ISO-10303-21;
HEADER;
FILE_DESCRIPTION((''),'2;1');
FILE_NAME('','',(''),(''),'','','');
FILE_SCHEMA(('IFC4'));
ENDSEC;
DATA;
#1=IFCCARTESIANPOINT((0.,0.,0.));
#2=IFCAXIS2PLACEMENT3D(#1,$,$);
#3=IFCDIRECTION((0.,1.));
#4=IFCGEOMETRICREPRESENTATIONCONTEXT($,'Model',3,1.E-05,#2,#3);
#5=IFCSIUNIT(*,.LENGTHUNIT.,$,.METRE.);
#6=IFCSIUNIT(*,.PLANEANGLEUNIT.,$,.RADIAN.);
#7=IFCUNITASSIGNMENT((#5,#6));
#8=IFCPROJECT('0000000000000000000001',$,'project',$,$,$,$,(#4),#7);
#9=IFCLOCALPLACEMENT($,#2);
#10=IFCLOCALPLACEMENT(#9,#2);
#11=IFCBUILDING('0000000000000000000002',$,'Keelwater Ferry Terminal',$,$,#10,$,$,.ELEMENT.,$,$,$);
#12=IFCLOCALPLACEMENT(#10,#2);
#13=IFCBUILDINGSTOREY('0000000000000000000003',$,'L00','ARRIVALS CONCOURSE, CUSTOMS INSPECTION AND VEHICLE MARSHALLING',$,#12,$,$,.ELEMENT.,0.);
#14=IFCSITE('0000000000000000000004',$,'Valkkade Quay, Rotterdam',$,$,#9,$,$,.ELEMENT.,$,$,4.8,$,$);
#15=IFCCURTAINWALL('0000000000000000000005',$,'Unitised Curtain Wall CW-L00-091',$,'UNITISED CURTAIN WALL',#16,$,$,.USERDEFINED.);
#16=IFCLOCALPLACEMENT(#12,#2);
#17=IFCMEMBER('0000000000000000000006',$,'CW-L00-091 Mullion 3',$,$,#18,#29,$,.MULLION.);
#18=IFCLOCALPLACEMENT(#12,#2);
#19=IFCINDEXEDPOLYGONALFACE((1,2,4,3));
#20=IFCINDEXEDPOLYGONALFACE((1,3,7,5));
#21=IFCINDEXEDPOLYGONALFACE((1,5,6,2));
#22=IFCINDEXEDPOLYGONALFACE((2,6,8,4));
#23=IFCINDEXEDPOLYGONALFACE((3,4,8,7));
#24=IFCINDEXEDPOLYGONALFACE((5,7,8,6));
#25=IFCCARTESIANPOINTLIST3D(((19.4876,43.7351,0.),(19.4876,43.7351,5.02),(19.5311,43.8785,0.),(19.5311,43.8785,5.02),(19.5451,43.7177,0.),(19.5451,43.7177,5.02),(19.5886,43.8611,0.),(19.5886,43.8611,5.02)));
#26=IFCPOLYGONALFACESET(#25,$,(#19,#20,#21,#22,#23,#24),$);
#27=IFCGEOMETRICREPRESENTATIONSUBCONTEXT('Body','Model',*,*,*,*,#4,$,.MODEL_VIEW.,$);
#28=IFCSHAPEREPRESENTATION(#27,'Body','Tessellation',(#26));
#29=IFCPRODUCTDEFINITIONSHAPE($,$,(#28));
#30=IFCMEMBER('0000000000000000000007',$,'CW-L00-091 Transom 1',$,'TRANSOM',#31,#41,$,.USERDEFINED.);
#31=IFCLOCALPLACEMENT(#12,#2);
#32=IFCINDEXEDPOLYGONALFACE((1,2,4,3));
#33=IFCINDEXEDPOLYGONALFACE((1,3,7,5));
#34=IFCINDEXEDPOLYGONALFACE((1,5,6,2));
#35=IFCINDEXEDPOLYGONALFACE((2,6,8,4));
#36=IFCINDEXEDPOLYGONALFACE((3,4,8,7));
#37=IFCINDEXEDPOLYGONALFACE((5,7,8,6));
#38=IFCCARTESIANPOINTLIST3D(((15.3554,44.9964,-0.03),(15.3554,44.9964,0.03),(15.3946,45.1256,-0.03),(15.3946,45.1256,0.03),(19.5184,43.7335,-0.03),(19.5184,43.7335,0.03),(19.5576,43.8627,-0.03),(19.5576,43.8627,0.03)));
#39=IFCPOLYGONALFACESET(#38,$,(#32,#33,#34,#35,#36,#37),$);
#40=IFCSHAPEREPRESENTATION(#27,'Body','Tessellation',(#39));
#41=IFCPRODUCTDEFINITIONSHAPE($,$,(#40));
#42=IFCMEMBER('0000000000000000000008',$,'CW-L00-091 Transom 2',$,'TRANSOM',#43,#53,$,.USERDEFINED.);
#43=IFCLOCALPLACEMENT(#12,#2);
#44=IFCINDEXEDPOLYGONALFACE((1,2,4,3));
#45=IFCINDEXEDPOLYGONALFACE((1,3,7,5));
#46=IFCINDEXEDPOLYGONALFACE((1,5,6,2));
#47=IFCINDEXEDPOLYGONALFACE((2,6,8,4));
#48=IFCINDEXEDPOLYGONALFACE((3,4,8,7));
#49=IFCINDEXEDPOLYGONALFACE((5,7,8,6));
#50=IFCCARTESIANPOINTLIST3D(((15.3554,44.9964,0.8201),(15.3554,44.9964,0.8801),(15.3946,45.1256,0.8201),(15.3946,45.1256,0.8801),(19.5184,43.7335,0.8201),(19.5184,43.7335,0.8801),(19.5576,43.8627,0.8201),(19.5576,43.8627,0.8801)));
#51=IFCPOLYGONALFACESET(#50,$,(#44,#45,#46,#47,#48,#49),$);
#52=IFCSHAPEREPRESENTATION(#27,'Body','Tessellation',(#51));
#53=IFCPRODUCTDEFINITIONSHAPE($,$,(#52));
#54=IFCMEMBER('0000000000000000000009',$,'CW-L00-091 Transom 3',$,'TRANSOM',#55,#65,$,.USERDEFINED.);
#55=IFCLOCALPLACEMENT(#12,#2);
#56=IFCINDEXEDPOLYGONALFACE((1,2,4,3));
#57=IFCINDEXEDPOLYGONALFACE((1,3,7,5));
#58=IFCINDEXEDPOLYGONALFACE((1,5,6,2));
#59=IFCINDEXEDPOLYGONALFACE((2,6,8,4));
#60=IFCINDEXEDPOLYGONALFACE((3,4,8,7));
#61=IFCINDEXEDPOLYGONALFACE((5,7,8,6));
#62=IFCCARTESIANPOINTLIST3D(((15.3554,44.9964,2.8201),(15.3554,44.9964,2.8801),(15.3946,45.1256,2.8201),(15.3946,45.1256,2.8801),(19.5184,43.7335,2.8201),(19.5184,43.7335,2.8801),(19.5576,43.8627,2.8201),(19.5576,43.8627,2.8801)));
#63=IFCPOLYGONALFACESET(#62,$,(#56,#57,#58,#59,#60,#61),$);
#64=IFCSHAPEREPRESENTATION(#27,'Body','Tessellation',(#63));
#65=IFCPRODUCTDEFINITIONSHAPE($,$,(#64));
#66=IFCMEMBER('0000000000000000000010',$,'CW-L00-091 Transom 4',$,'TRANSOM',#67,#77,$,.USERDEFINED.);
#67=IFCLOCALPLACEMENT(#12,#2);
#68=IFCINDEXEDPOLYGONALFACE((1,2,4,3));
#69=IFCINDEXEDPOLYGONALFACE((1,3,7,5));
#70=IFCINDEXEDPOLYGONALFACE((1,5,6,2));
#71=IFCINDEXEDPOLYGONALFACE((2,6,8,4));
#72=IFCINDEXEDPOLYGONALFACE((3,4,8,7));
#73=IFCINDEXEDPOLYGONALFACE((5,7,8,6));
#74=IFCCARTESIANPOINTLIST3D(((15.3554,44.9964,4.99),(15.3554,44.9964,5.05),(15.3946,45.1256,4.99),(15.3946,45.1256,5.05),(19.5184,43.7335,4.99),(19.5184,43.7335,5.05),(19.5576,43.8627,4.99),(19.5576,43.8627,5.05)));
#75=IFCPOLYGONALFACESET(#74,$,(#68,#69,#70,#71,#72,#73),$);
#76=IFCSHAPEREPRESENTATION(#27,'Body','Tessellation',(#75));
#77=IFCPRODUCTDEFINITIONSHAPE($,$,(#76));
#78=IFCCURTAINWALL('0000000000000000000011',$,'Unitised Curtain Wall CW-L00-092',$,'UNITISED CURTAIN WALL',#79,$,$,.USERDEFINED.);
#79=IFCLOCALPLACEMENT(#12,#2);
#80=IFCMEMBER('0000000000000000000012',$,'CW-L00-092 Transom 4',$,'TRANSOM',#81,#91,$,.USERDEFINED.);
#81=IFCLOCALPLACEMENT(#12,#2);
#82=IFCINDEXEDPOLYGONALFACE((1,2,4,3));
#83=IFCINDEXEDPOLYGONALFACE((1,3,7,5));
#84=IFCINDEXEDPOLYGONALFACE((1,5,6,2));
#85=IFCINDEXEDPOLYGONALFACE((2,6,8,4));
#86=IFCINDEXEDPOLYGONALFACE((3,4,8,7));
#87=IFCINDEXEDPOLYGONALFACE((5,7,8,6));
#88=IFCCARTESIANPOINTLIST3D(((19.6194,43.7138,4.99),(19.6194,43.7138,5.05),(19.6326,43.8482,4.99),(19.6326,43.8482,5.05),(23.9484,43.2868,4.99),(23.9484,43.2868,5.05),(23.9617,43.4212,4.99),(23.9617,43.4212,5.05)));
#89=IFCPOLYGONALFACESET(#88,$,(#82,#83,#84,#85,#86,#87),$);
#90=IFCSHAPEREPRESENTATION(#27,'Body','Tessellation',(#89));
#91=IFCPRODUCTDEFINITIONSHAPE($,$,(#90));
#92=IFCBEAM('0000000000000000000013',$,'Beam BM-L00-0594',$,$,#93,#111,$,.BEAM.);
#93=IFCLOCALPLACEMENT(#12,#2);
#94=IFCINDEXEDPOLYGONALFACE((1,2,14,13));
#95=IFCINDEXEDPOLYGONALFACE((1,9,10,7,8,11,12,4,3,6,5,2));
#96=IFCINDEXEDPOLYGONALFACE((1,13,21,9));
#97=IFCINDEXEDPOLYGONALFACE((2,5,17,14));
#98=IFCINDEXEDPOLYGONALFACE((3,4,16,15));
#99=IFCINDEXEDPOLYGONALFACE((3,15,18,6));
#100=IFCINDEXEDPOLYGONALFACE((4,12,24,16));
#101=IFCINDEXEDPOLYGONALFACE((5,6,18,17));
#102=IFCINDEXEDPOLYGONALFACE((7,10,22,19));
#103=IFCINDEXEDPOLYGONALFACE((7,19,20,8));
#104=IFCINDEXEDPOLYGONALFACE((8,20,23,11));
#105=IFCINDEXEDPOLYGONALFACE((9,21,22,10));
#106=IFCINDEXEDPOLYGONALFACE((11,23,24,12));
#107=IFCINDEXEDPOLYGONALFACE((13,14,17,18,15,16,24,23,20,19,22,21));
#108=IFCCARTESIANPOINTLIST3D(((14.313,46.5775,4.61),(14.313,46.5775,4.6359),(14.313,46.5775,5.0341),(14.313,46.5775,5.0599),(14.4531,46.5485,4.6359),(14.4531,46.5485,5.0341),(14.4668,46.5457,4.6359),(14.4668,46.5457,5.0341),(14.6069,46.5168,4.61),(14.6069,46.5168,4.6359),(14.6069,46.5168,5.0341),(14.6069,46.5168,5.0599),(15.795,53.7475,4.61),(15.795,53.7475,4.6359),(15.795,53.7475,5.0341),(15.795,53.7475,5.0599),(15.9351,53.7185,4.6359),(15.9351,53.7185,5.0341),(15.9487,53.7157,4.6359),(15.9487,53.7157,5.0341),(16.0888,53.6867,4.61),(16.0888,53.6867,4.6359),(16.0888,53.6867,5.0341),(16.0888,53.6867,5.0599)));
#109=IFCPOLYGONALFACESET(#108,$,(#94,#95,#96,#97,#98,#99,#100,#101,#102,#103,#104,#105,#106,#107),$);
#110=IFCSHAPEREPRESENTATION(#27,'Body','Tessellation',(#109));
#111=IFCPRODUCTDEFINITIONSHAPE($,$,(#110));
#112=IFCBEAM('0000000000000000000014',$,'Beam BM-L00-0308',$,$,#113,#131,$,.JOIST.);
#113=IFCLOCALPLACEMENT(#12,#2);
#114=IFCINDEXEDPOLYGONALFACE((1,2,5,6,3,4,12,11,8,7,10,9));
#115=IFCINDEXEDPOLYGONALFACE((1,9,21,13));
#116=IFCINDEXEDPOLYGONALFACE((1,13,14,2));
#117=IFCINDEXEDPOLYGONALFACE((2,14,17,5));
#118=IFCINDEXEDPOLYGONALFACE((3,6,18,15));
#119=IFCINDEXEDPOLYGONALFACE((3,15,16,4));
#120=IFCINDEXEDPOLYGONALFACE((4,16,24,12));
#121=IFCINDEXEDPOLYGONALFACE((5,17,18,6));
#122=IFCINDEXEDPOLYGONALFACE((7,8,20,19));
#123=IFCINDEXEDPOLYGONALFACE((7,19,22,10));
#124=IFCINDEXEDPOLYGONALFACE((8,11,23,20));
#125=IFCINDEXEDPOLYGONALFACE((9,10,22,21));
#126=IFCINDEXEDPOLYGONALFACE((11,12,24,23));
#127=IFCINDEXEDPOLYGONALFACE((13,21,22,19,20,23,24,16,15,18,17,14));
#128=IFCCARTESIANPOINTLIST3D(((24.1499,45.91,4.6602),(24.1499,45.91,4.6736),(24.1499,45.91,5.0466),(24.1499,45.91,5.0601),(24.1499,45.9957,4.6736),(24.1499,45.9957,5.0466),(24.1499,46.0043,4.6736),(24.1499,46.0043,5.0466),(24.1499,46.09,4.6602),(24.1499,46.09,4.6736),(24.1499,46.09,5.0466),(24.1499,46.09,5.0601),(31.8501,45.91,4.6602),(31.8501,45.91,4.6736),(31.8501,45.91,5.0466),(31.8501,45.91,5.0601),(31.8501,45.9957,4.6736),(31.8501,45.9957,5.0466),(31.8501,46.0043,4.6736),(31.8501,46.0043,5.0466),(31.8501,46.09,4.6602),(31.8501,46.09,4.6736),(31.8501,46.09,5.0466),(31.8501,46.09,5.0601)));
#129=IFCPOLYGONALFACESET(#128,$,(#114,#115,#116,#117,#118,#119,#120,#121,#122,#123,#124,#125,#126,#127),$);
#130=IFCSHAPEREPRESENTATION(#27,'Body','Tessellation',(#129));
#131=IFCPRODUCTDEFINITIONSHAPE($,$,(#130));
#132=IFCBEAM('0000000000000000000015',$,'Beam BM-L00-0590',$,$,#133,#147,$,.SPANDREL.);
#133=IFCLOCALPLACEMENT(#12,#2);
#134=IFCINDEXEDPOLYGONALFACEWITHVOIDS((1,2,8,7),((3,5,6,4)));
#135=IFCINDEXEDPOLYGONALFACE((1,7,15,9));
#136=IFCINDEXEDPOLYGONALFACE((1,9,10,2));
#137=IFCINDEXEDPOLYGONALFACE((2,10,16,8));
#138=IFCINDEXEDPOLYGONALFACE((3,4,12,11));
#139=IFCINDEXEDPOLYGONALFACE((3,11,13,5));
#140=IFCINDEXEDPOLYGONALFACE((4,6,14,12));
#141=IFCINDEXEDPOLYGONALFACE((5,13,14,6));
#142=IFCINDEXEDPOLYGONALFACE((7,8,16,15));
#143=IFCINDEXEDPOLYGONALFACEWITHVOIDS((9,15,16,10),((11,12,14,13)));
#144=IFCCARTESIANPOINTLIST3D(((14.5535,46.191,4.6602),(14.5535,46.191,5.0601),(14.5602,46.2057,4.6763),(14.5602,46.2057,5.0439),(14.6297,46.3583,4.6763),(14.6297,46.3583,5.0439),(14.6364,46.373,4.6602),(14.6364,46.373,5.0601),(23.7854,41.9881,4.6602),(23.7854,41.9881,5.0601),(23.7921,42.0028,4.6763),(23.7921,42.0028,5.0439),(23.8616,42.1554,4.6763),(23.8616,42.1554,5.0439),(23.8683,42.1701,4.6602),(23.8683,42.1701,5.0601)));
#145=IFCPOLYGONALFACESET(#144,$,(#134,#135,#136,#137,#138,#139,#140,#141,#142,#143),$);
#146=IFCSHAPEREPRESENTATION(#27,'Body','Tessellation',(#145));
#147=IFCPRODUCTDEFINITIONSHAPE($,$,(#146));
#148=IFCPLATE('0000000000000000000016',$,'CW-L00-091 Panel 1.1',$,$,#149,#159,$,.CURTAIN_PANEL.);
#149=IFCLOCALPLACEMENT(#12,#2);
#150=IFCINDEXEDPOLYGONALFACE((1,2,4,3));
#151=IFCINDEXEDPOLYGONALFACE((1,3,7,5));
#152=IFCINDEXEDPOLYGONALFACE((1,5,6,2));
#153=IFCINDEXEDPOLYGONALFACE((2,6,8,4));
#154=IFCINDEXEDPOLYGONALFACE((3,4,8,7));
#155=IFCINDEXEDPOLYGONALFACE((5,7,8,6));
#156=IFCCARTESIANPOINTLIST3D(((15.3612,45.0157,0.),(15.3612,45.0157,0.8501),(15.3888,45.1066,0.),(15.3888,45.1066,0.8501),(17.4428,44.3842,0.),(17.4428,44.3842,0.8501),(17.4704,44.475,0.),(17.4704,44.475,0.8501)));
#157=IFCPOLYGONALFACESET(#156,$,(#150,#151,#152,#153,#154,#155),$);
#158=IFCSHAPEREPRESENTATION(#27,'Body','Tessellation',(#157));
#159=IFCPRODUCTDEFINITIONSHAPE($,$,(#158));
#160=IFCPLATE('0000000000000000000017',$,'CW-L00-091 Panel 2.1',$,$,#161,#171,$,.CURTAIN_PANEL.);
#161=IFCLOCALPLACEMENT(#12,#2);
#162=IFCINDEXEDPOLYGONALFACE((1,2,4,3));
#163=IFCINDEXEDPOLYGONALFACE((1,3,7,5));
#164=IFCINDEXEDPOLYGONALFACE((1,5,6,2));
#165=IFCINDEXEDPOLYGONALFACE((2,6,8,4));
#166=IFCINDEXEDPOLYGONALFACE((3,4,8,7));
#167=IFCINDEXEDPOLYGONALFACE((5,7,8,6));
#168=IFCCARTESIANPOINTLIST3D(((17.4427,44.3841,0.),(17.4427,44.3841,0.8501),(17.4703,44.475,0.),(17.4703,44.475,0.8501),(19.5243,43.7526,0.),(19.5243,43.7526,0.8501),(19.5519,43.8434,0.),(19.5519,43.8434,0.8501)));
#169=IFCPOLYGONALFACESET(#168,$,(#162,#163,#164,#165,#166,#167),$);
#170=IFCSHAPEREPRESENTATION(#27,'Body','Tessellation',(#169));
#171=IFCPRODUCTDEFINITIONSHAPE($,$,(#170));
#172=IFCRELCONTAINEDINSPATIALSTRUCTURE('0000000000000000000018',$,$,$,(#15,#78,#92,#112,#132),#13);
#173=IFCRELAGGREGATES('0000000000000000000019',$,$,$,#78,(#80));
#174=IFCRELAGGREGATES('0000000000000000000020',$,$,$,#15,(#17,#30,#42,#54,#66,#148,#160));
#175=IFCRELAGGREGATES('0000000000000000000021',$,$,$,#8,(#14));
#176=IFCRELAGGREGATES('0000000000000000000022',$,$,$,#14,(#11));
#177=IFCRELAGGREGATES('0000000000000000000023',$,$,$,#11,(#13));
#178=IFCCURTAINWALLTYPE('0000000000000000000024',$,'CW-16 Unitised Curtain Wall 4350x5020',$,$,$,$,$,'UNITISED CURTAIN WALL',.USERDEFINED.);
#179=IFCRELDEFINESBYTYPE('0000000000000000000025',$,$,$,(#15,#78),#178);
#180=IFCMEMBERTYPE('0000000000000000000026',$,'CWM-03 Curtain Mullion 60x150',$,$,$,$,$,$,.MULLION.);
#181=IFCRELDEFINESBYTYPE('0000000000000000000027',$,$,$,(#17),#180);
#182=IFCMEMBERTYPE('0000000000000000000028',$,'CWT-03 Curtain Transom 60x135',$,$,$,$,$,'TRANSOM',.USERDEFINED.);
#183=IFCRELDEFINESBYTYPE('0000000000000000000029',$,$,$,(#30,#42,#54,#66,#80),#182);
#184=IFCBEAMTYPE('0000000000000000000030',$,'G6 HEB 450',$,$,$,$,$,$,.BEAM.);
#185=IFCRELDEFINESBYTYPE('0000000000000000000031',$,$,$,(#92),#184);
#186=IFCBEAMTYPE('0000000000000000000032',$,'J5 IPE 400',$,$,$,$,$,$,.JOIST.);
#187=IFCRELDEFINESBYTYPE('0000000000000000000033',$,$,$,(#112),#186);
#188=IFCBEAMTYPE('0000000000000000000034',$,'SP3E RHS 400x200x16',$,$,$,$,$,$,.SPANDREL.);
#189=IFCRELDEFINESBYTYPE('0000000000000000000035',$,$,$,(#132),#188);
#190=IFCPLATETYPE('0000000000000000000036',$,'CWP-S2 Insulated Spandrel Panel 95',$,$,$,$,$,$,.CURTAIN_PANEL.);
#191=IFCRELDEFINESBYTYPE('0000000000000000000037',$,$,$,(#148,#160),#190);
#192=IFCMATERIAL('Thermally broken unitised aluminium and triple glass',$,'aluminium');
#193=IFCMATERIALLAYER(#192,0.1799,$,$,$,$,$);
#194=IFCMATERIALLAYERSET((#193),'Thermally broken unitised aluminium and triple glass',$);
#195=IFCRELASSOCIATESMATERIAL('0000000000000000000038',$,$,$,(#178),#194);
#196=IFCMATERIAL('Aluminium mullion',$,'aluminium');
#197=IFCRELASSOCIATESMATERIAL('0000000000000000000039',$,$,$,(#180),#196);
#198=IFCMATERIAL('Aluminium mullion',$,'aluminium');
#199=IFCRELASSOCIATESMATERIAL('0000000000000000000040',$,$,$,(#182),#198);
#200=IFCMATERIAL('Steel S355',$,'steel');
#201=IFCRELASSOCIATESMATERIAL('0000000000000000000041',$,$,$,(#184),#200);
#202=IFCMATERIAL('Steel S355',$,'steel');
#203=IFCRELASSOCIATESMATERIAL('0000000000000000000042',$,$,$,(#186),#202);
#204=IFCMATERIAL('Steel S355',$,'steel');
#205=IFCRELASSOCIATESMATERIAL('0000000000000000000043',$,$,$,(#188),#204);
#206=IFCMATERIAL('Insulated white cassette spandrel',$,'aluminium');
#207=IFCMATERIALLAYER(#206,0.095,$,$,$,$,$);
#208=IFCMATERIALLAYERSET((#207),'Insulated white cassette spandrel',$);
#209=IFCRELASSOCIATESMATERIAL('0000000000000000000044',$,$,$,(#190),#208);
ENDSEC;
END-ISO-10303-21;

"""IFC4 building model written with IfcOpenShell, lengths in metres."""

from ifc_helpers import new_model, si_unit, direction, frame, origin, origin_2d, place, context, subcontext, project, spatial, rectangle, hollow_rectangle, i_section, extrude, material, layer, layer_set, material_profile, profile_set, type_object, element, aggregate, save


model = new_model("IFC4")

# Units and contexts
model_context = context("Model", 3, precision=1e-05, world=origin(), true_north=direction((0.0, 1.0)))
body_context = subcontext(model_context, "Body", "Model", "MODEL_VIEW")
ifc_project = project(units=[si_unit("LENGTHUNIT", "METRE"), si_unit("PLANEANGLEUNIT", "RADIAN")], contexts=[model_context])

# Site, building, storey
site_placement = place(None, origin())
site = spatial("IfcSite", under=ifc_project, at=site_placement, Name="Valkkade Quay, Rotterdam", CompositionType="ELEMENT", RefElevation=4.8)
building_placement = place(site_placement, origin())
building = spatial("IfcBuilding", under=site, at=building_placement, Name="Keelwater Ferry Terminal", CompositionType="ELEMENT")
storey_placement = place(building_placement, origin())
storey = spatial("IfcBuildingStorey", under=building, at=storey_placement, Name="L00", Description="ARRIVALS CONCOURSE, CUSTOMS INSPECTION AND VEHICLE MARSHALLING", CompositionType="ELEMENT", Elevation=0.0)

# Shared definitions
ifc_material_1 = material(Name="Thermally broken unitised aluminium and triple glass", Category="aluminium")
ifc_layer_1 = layer(ifc_material_1, 0.1799)
ifc_layer_set_1 = layer_set([ifc_layer_1], Name="Thermally broken unitised aluminium and triple glass")
curtain_wall_type = type_object("IfcCurtainWallType", Name="CW-16 Unitised Curtain Wall 4350x5020", ElementType="UNITISED CURTAIN WALL", PredefinedType="USERDEFINED", material=ifc_layer_set_1)
ifc_material_2 = material(Name="Aluminium mullion", Category="aluminium")
ifc_material_profile_1 = material_profile(ifc_material_2, rectangle(XDim=0.0601, YDim=0.1499, at=origin_2d()), Name="CWM-03")
ifc_profile_set_1 = profile_set([ifc_material_profile_1], Name="Aluminium mullion")
member_type_1 = type_object("IfcMemberType", Name="CWM-03 Curtain Mullion 60x150", PredefinedType="MULLION", material=ifc_profile_set_1)

# Curtain wall, members
curtain_wall_1_placement = place(storey_placement, origin())
curtain_wall_1 = element("IfcCurtainWall", 1, at=curtain_wall_1_placement, inside=storey, type_object=curtain_wall_type, Name="Unitised Curtain Wall CW-L00-091", ObjectType="UNITISED CURTAIN WALL", PredefinedType="USERDEFINED")
member_1_placement = place(storey_placement, frame((19.5381, 43.7981, 0.0), z_axis=(0.0, 0.0, 1.0), x_axis=(0.95693, -0.29032, 0.0)))
member_1 = element("IfcMember", 2, at=member_1_placement, type_object=member_type_1, Name="CW-L00-091 Mullion 3", PredefinedType="MULLION", context=body_context, shape_type="SweptSolid", body=[
    extrude(rectangle(XDim=0.0601, YDim=0.1499, at=origin_2d()), origin(), (0.0, 0.0, 1.0), 5.02),
])
ifc_material_3 = material(Name="Aluminium mullion", Category="aluminium")
ifc_material_profile_2 = material_profile(ifc_material_3, rectangle(XDim=0.135, YDim=0.0601, at=origin_2d()), Name="CWT-03")
ifc_profile_set_2 = profile_set([ifc_material_profile_2], Name="Aluminium mullion")
member_type_2 = type_object("IfcMemberType", Name="CWT-03 Curtain Transom 60x135", ElementType="TRANSOM", PredefinedType="USERDEFINED", material=ifc_profile_set_2)
member_2_placement = place(storey_placement, frame((15.375, 45.061, 0.0), z_axis=(0.956935, -0.290302, 0.0), x_axis=(0.290302, 0.956935, 0.0)))
member_2 = element("IfcMember", 3, at=member_2_placement, type_object=member_type_2, Name="CW-L00-091 Transom 1", ObjectType="TRANSOM", PredefinedType="USERDEFINED", context=body_context, shape_type="SweptSolid", body=[
    extrude(rectangle(XDim=0.135, YDim=0.0601, at=origin_2d()), origin(), (0.0, 0.0, 1.0), 4.3503),
])
member_3_placement = place(storey_placement, frame((15.375, 45.061, 0.8501), z_axis=(0.956935, -0.290302, 0.0), x_axis=(0.290302, 0.956935, 0.0)))
member_3 = element("IfcMember", 4, at=member_3_placement, type_object=member_type_2, Name="CW-L00-091 Transom 2", ObjectType="TRANSOM", PredefinedType="USERDEFINED", context=body_context, shape_type="SweptSolid", body=[
    extrude(rectangle(XDim=0.135, YDim=0.0601, at=origin_2d()), origin(), (0.0, 0.0, 1.0), 4.3503),
])
member_4_placement = place(storey_placement, frame((15.375, 45.061, 2.8501), z_axis=(0.956935, -0.290302, 0.0), x_axis=(0.290302, 0.956935, 0.0)))
member_4 = element("IfcMember", 5, at=member_4_placement, type_object=member_type_2, Name="CW-L00-091 Transom 3", ObjectType="TRANSOM", PredefinedType="USERDEFINED", context=body_context, shape_type="SweptSolid", body=[
    extrude(rectangle(XDim=0.135, YDim=0.0601, at=origin_2d()), origin(), (0.0, 0.0, 1.0), 4.3503),
])
member_5_placement = place(storey_placement, frame((15.375, 45.061, 5.02), z_axis=(0.956935, -0.290302, 0.0), x_axis=(0.290302, 0.956935, 0.0)))
member_5 = element("IfcMember", 6, at=member_5_placement, type_object=member_type_2, Name="CW-L00-091 Transom 4", ObjectType="TRANSOM", PredefinedType="USERDEFINED", context=body_context, shape_type="SweptSolid", body=[
    extrude(rectangle(XDim=0.135, YDim=0.0601, at=origin_2d()), origin(), (0.0, 0.0, 1.0), 4.3503),
])

# Curtain wall, member
curtain_wall_2_placement = place(storey_placement, origin())
curtain_wall_2 = element("IfcCurtainWall", 7, at=curtain_wall_2_placement, inside=storey, type_object=curtain_wall_type, Name="Unitised Curtain Wall CW-L00-092", ObjectType="UNITISED CURTAIN WALL", PredefinedType="USERDEFINED")
member_6_placement = place(storey_placement, frame((19.626, 43.781, 5.02), z_axis=(0.995171, -0.098159, 0.0), x_axis=(0.098159, 0.995171, 0.0)))
member_6 = element("IfcMember", 8, at=member_6_placement, type_object=member_type_2, Name="CW-L00-092 Transom 4", ObjectType="TRANSOM", PredefinedType="USERDEFINED", context=body_context, shape_type="SweptSolid", body=[
    extrude(rectangle(XDim=0.135, YDim=0.0601, at=origin_2d()), origin(), (0.0, 0.0, 1.0), 4.3501),
])
aggregate(curtain_wall_2, [member_6])

# Beams
ifc_material_4 = material(Name="Steel S355", Category="steel")
ifc_material_profile_3 = material_profile(ifc_material_4, i_section(OverallWidth=0.3, OverallDepth=0.45, WebThickness=0.0139, FlangeThickness=0.0259, at=origin_2d()), Name="HEB 450")
ifc_profile_set_3 = profile_set([ifc_material_profile_3], Name="Steel S355")
beam_type_1 = type_object("IfcBeamType", Name="G6 HEB 450", PredefinedType="BEAM", material=ifc_profile_set_3)
beam_1_placement = place(storey_placement, frame((14.46, 46.5471, 4.835), z_axis=(0.202409, 0.979301, 0.0), x_axis=(-0.979301, 0.202409, 0.0)))
element("IfcBeam", 9, at=beam_1_placement, inside=storey, type_object=beam_type_1, Name="Beam BM-L00-0594", PredefinedType="BEAM", context=body_context, shape_type="SweptSolid", body=[
    extrude(i_section(OverallWidth=0.3, OverallDepth=0.45, WebThickness=0.0139, FlangeThickness=0.0259, at=origin_2d()), origin(), (0.0, 0.0, 1.0), 7.3215),
])
ifc_material_5 = material(Name="Steel S355", Category="steel")
ifc_material_profile_4 = material_profile(ifc_material_5, i_section(OverallWidth=0.1799, OverallDepth=0.3999, WebThickness=0.0085, FlangeThickness=0.0134, at=origin_2d()), Name="IPE 400")
ifc_profile_set_4 = profile_set([ifc_material_profile_4], Name="Steel S355")
beam_type_2 = type_object("IfcBeamType", Name="J5 IPE 400", PredefinedType="JOIST", material=ifc_profile_set_4)
beam_2_placement = place(storey_placement, frame((24.1499, 46.0, 4.8601), z_axis=(1.0, 0.0, 0.0), x_axis=(0.0, 1.0, 0.0)))
element("IfcBeam", 10, at=beam_2_placement, inside=storey, type_object=beam_type_2, Name="Beam BM-L00-0308", PredefinedType="JOIST", context=body_context, shape_type="SweptSolid", body=[
    extrude(i_section(OverallWidth=0.1799, OverallDepth=0.3999, WebThickness=0.0085, FlangeThickness=0.0134, at=origin_2d()), origin(), (0.0, 0.0, 1.0), 7.7002),
])
ifc_material_6 = material(Name="Steel S355", Category="steel")
ifc_material_profile_5 = material_profile(ifc_material_6, hollow_rectangle(XDim=0.2, YDim=0.3999, WallThickness=0.0161, at=origin_2d()), Name="RHS 400x200x16")
ifc_profile_set_5 = profile_set([ifc_material_profile_5], Name="Steel S355")
beam_type_3 = type_object("IfcBeamType", Name="SP3E RHS 400x200x16", PredefinedType="SPANDREL", material=ifc_profile_set_5)
beam_3_placement = place(storey_placement, frame((14.595, 46.282, 4.8601), z_axis=(0.910123, -0.414338, 0.0), x_axis=(0.414338, 0.910123, 0.0)))
element("IfcBeam", 11, at=beam_3_placement, inside=storey, type_object=beam_type_3, Name="Beam BM-L00-0590", PredefinedType="SPANDREL", context=body_context, shape_type="SweptSolid", body=[
    extrude(hollow_rectangle(XDim=0.2, YDim=0.3999, WallThickness=0.0161, at=origin_2d()), origin(), (0.0, 0.0, 1.0), 10.1436),
])

# Plates
ifc_material_7 = material(Name="Insulated white cassette spandrel", Category="aluminium")
ifc_layer_2 = layer(ifc_material_7, 0.095)
ifc_layer_set_2 = layer_set([ifc_layer_2], Name="Insulated white cassette spandrel")
plate_type_1 = type_object("IfcPlateType", Name="CWP-S2 Insulated Spandrel Panel 95", PredefinedType="CURTAIN_PANEL", material=ifc_layer_set_2)
plate_1_placement = place(storey_placement, frame((16.4158, 44.7454, 0.0), z_axis=(0.0, 0.0, 1.0), x_axis=(0.95693, -0.29032, 0.0)))
plate_1 = element("IfcPlate", 12, at=plate_1_placement, type_object=plate_type_1, Name="CW-L00-091 Panel 1.1", PredefinedType="CURTAIN_PANEL", context=body_context, shape_type="SweptSolid", body=[
    extrude(rectangle(XDim=2.1753, YDim=0.095, at=origin_2d()), origin(), (0.0, 0.0, 1.0), 0.8501),
])
plate_2_placement = place(storey_placement, frame((18.4973, 44.1138, 0.0), z_axis=(0.0, 0.0, 1.0), x_axis=(0.95693, -0.29032, 0.0)))
plate_2 = element("IfcPlate", 13, at=plate_2_placement, type_object=plate_type_1, Name="CW-L00-091 Panel 2.1", PredefinedType="CURTAIN_PANEL", context=body_context, shape_type="SweptSolid", body=[
    extrude(rectangle(XDim=2.1753, YDim=0.095, at=origin_2d()), origin(), (0.0, 0.0, 1.0), 0.8501),
])
aggregate(curtain_wall_1, [member_1, member_2, member_3, member_4, member_5, plate_1, plate_2])

save(model, "model.ifc")
